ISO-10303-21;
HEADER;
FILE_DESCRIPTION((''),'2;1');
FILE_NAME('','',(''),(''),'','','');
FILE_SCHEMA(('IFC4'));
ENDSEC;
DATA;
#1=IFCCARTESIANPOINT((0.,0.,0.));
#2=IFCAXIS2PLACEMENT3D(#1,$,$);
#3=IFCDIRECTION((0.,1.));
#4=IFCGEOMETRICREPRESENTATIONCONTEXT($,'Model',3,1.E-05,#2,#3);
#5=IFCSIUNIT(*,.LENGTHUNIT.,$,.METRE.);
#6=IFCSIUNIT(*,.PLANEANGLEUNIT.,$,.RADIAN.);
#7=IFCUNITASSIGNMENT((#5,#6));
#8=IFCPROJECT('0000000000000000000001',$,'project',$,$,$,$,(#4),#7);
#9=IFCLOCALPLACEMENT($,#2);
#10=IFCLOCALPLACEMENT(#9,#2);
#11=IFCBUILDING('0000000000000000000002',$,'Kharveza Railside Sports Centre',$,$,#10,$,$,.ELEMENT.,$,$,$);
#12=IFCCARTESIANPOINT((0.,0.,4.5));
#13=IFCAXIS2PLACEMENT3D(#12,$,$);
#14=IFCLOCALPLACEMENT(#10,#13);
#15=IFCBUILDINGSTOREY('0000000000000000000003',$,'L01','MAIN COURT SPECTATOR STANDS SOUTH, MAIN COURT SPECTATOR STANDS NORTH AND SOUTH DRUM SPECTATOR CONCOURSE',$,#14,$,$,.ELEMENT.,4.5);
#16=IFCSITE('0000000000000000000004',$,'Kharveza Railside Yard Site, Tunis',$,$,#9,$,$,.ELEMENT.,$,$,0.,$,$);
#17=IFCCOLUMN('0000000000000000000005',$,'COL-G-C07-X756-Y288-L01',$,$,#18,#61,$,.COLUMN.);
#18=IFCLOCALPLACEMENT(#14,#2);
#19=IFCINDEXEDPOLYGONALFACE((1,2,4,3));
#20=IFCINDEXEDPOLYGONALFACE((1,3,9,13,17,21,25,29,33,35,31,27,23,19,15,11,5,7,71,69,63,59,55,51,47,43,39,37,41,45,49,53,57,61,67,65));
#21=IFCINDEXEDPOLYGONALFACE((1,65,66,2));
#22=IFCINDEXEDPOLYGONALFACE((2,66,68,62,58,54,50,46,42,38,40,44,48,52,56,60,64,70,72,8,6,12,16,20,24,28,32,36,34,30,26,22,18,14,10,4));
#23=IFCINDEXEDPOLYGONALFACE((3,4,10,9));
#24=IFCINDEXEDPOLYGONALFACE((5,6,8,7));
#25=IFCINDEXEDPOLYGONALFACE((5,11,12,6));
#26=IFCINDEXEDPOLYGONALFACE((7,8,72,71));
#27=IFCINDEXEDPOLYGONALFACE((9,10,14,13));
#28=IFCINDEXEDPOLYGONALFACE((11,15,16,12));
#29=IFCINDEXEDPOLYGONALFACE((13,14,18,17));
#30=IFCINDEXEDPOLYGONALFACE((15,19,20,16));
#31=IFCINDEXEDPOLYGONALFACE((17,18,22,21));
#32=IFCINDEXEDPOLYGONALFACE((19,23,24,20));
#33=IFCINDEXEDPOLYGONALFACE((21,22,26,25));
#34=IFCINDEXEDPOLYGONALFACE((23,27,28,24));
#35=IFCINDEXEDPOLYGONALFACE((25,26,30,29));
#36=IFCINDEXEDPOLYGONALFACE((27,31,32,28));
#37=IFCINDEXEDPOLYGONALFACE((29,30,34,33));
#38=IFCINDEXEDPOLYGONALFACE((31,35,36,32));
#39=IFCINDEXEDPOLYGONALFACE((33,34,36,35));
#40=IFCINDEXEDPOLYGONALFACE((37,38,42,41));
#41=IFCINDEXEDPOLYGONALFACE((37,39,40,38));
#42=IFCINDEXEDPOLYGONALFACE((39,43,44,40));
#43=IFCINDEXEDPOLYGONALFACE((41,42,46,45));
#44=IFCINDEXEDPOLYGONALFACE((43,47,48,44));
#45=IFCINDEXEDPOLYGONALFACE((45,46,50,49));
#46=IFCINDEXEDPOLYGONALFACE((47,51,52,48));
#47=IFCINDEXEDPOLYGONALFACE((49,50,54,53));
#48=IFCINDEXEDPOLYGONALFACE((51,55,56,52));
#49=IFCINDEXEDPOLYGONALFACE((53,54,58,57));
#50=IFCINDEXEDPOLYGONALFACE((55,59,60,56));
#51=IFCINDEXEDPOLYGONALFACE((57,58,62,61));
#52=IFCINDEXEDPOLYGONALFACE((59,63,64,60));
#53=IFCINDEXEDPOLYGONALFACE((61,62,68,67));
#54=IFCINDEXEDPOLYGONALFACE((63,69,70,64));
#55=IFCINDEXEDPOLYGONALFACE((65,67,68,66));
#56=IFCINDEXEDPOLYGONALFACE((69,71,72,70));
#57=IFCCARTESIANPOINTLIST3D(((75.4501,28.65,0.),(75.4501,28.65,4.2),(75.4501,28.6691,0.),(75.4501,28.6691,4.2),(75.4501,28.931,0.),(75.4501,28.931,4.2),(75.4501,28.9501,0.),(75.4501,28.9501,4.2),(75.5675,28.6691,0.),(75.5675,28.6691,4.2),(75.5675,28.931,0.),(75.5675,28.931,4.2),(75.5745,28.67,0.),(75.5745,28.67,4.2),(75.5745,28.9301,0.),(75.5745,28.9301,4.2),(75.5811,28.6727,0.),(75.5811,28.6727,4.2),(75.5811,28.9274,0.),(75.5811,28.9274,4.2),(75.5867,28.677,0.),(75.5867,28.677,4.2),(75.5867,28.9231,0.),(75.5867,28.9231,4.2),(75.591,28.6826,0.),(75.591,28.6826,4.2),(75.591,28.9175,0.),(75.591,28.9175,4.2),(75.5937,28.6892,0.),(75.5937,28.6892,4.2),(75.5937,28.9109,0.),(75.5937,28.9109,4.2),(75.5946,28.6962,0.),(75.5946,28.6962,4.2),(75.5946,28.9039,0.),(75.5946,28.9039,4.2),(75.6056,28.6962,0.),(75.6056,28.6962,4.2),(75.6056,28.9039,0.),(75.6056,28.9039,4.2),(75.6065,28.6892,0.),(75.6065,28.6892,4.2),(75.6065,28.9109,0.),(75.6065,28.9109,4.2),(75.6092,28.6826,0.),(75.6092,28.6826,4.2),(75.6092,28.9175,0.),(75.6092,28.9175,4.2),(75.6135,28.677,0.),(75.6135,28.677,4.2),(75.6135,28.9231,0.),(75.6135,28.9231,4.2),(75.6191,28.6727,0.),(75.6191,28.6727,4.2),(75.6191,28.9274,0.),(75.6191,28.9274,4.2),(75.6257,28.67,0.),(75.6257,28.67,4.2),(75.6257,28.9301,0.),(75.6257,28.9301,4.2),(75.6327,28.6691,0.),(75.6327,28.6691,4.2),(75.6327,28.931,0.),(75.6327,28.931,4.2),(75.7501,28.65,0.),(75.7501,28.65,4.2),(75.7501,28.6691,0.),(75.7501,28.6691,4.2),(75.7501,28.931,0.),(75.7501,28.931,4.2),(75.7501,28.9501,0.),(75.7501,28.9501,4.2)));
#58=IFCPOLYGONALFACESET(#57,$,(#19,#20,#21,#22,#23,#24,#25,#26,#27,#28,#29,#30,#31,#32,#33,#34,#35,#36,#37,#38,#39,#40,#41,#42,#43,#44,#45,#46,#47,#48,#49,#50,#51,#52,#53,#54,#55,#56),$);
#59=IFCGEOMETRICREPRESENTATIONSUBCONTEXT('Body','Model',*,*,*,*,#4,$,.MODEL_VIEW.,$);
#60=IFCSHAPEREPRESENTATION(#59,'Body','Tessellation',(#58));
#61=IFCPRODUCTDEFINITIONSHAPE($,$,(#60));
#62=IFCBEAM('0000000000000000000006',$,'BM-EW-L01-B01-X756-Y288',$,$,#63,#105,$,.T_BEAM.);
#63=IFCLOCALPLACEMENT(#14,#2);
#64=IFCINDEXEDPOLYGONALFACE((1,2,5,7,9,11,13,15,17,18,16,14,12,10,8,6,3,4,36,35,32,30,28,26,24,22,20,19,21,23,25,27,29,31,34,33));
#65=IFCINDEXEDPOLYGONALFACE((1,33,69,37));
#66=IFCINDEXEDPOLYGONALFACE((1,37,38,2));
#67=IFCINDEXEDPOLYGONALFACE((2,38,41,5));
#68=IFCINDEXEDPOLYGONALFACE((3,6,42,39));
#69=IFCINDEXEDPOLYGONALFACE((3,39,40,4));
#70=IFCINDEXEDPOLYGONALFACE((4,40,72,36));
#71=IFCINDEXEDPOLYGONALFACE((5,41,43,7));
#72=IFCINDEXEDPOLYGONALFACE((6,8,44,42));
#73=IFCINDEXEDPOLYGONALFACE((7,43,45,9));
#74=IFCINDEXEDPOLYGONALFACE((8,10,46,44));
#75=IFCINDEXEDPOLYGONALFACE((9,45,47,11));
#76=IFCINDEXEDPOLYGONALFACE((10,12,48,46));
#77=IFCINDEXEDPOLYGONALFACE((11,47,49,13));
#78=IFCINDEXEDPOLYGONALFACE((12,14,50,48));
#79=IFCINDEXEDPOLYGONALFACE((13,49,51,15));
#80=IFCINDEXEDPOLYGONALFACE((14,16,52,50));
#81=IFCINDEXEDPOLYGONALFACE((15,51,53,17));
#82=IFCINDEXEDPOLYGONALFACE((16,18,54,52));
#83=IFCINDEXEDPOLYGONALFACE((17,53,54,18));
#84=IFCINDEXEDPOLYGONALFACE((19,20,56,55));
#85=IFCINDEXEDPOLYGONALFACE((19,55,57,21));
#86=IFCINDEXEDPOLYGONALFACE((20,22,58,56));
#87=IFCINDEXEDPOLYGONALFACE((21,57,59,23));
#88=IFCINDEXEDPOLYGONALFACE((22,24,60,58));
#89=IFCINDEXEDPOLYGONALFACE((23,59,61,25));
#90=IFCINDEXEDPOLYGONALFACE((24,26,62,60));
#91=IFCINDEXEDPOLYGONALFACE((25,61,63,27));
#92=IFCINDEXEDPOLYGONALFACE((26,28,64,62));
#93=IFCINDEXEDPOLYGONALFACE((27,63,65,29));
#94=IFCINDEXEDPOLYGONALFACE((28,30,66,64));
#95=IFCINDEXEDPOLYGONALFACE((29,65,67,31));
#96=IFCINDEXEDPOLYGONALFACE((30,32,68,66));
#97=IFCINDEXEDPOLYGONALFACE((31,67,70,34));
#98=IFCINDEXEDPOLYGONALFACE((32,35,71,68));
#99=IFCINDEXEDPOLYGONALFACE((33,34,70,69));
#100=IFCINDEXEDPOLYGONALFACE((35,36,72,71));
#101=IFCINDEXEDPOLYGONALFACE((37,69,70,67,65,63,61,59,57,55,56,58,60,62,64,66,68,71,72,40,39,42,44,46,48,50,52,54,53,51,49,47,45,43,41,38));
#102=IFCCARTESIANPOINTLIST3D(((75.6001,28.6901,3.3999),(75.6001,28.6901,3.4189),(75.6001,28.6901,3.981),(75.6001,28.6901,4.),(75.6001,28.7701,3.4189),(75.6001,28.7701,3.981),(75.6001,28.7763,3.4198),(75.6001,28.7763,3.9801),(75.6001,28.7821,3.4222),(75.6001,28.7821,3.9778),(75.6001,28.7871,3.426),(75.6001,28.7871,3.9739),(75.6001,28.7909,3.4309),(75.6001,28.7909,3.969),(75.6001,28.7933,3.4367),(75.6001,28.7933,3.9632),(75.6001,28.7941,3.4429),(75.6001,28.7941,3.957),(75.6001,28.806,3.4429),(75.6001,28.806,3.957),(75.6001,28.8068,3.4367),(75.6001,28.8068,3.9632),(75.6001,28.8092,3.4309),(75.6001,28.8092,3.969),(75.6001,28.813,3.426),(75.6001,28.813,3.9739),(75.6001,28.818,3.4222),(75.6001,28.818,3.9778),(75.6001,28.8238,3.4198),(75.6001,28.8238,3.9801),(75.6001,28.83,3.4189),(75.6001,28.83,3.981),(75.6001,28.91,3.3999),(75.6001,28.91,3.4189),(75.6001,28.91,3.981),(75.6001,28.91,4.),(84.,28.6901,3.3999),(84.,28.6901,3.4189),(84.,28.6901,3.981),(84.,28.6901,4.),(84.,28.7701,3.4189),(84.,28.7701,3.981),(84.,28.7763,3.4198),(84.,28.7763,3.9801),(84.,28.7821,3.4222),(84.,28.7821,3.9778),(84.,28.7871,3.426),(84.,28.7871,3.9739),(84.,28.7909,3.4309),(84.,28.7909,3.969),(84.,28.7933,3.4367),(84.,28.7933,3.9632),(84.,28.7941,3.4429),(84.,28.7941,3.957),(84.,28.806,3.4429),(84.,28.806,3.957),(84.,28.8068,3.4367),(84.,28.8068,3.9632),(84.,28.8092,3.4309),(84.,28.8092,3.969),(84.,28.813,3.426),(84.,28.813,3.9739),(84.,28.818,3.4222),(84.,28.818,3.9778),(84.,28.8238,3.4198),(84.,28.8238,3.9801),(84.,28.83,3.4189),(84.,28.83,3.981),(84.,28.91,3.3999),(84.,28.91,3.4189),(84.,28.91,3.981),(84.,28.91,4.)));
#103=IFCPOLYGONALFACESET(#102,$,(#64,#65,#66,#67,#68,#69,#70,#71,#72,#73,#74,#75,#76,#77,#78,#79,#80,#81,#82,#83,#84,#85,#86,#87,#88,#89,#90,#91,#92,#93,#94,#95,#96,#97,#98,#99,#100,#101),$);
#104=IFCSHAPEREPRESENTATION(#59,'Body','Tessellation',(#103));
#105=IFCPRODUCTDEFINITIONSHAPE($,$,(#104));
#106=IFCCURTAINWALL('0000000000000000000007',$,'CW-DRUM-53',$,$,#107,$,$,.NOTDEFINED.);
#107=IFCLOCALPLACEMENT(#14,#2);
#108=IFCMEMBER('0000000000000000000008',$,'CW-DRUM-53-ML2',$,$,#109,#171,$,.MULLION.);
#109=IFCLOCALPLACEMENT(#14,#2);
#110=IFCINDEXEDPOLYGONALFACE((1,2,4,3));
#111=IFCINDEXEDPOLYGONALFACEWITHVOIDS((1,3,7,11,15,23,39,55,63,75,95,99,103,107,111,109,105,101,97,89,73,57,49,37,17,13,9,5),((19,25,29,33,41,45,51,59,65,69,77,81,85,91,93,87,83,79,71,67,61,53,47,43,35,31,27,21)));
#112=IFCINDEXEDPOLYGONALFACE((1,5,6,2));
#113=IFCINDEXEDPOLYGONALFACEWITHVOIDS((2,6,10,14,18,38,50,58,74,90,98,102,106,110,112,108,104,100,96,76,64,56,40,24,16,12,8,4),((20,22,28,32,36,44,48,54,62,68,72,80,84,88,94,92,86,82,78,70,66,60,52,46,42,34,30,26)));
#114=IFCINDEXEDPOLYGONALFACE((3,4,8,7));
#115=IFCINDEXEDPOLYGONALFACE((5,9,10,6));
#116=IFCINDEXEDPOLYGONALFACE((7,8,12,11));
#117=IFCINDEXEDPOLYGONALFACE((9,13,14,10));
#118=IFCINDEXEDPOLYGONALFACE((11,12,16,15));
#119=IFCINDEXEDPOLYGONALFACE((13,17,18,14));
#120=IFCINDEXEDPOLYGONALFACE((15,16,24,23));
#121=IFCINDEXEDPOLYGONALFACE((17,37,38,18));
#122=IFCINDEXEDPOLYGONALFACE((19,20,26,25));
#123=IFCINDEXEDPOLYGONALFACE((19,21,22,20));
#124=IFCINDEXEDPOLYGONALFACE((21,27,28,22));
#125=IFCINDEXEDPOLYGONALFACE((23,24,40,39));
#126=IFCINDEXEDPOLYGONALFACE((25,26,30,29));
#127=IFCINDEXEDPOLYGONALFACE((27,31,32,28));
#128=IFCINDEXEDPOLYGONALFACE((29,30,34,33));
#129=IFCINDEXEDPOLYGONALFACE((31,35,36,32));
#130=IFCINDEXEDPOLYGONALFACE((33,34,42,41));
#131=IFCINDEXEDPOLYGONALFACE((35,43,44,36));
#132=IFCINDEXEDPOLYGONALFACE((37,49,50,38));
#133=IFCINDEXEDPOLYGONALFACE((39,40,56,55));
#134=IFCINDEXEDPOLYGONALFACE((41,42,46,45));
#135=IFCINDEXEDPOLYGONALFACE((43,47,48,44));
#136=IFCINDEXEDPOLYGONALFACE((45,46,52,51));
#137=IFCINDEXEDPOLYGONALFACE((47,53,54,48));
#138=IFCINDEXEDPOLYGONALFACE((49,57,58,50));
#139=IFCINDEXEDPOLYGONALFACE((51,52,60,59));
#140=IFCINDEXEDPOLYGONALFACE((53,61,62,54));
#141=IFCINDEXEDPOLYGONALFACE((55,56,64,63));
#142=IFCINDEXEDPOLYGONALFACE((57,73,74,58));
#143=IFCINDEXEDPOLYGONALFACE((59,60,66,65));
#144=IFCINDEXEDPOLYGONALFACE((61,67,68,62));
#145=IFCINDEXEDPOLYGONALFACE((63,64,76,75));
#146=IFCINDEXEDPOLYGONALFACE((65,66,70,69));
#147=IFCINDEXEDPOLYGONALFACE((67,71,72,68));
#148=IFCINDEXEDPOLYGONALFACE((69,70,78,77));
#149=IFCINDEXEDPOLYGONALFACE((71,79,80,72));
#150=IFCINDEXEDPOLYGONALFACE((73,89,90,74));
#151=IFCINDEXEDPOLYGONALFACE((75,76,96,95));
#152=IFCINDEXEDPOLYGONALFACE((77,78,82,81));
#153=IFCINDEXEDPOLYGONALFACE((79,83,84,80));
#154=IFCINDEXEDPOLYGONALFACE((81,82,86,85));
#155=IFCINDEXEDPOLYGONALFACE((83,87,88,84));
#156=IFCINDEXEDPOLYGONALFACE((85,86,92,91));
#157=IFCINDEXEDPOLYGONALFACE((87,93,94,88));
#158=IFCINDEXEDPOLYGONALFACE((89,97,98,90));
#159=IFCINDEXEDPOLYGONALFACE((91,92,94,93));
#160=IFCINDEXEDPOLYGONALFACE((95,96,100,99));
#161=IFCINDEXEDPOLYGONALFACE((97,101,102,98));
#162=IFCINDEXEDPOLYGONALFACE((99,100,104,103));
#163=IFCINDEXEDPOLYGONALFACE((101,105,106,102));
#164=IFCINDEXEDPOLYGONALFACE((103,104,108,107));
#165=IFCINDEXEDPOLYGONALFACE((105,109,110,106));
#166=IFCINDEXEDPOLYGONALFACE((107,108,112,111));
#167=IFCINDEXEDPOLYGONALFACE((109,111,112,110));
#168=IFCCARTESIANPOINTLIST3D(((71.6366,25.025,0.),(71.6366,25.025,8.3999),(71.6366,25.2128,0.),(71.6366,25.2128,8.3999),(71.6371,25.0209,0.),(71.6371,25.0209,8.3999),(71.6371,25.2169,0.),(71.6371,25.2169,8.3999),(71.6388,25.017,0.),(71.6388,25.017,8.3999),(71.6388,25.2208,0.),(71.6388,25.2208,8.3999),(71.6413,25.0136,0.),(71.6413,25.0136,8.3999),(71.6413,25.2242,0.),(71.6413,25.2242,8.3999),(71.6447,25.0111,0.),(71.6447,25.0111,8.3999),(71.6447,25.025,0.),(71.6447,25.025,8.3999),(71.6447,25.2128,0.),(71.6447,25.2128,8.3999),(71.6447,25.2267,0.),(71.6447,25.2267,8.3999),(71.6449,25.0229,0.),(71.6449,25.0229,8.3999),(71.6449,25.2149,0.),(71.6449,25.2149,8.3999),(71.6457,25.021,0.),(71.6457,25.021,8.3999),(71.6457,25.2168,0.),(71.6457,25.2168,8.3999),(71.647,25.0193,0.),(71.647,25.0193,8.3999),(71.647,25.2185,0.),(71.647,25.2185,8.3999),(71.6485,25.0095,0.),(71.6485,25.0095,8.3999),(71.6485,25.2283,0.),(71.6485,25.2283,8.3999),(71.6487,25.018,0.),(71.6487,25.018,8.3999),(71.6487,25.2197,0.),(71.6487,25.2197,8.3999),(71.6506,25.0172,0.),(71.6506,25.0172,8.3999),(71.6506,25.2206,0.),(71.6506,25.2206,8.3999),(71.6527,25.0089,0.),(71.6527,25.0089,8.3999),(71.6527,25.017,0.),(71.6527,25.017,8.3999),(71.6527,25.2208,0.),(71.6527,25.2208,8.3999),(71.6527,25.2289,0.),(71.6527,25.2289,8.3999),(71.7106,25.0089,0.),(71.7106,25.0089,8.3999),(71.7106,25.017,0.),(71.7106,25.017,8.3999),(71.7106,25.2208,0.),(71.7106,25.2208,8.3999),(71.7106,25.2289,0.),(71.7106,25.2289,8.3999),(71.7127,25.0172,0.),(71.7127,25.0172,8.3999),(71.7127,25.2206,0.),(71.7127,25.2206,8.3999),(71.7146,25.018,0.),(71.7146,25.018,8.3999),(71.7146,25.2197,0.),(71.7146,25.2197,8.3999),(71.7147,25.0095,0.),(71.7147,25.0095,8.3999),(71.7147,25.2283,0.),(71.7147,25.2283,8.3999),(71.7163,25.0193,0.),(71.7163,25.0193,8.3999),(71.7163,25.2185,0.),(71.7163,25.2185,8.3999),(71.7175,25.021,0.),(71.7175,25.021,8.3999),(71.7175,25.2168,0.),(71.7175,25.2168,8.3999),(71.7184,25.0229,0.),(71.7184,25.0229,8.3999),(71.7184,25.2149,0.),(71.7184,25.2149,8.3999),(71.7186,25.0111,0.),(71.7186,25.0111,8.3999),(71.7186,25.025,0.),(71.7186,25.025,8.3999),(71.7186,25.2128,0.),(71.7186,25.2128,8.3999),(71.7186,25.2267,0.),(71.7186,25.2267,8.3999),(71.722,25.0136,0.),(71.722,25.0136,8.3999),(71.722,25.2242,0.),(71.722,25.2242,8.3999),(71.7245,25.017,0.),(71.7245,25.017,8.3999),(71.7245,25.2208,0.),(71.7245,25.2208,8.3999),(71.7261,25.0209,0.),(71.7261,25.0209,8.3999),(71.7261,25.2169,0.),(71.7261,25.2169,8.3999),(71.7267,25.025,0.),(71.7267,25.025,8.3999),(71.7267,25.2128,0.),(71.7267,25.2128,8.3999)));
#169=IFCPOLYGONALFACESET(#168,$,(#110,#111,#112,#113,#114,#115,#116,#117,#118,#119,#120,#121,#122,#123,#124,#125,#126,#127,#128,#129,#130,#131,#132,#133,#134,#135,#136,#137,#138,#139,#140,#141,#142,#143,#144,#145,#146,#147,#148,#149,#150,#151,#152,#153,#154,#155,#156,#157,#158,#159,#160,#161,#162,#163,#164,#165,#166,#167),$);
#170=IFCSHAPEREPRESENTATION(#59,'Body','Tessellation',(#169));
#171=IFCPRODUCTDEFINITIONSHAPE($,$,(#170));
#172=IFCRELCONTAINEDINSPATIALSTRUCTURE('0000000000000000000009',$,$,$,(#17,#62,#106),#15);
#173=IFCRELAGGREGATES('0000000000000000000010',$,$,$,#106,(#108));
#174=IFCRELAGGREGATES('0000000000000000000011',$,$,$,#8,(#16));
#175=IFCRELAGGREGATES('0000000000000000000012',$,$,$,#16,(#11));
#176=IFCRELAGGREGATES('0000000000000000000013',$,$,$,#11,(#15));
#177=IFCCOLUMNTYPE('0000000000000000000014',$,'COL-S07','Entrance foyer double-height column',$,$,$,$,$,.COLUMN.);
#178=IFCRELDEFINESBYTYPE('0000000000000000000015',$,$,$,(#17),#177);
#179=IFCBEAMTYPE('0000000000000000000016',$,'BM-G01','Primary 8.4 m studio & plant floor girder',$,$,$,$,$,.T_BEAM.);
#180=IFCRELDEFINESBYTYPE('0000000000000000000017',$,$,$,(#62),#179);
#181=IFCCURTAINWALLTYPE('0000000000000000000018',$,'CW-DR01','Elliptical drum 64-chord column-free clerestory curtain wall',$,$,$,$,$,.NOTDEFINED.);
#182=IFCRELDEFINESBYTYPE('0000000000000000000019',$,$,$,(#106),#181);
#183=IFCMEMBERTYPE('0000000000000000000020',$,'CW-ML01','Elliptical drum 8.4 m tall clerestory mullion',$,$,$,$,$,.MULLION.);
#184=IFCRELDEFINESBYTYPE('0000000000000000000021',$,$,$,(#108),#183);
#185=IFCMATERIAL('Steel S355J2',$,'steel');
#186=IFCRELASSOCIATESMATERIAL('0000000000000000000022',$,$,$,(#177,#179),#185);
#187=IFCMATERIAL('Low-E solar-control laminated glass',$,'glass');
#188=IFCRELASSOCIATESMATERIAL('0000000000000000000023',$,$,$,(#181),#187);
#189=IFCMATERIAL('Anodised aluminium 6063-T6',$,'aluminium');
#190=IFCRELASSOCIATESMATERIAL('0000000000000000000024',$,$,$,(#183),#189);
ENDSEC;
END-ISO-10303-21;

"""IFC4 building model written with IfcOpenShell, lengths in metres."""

from ifc_helpers import new_model, si_unit, direction, frame, origin, origin_2d, place, context, subcontext, project, spatial, hollow_rectangle, i_section, extrude, material, material_profile, profile_set, type_object, element, aggregate, save


model = new_model("IFC4")

# Units and contexts
model_context = context("Model", 3, precision=1e-05, world=origin(), true_north=direction((0.0, 1.0)))
body_context = subcontext(model_context, "Body", "Model", "MODEL_VIEW")
ifc_project = project(units=[si_unit("LENGTHUNIT", "METRE"), si_unit("PLANEANGLEUNIT", "RADIAN")], contexts=[model_context])

# Site, building, storey
site_placement = place(None, origin())
site = spatial("IfcSite", under=ifc_project, at=site_placement, Name="Kharveza Railside Yard Site, Tunis", CompositionType="ELEMENT", RefElevation=0.0)
building_placement = place(site_placement, origin())
building = spatial("IfcBuilding", under=site, at=building_placement, Name="Kharveza Railside Sports Centre", CompositionType="ELEMENT")
storey_placement = place(building_placement, frame((0.0, 0.0, 4.5)))
storey = spatial("IfcBuildingStorey", under=building, at=storey_placement, Name="L01", Description="MAIN COURT SPECTATOR STANDS SOUTH, MAIN COURT SPECTATOR STANDS NORTH AND SOUTH DRUM SPECTATOR CONCOURSE", CompositionType="ELEMENT", Elevation=4.5)

# Column
ifc_material_1 = material(Name="Steel S355J2", Category="steel")
ifc_material_profile_1 = material_profile(ifc_material_1, i_section(OverallWidth=0.3, OverallDepth=0.3, WebThickness=0.011, FlangeThickness=0.019, FilletRadius=0.0271, at=origin_2d()), Name="HEB 300")
ifc_profile_set_1 = profile_set([ifc_material_profile_1], Name="Steel S355J2")
column_type = type_object("IfcColumnType", Name="COL-S07", Description="Entrance foyer double-height column", PredefinedType="COLUMN", material=ifc_profile_set_1)
column_placement = place(storey_placement, frame((75.6001, 28.8, 0.0), z_axis=(0.0, 0.0, 1.0), x_axis=(1.0, 0.0, 0.0)))
element("IfcColumn", 1, at=column_placement, inside=storey, type_object=column_type, Name="COL-G-C07-X756-Y288-L01", PredefinedType="COLUMN", context=body_context, shape_type="SweptSolid", body=[
    extrude(i_section(OverallWidth=0.3, OverallDepth=0.3, WebThickness=0.011, FlangeThickness=0.019, FilletRadius=0.0271, at=origin_2d()), origin(), (0.0, 0.0, 1.0), 4.2),
])

# Beam
ifc_material_profile_2 = material_profile(ifc_material_1, i_section(OverallWidth=0.22, OverallDepth=0.6001, WebThickness=0.012, FlangeThickness=0.019, FilletRadius=0.0239, at=origin_2d()), Name="IPE 600")
ifc_profile_set_2 = profile_set([ifc_material_profile_2], Name="Steel S355J2")
beam_type = type_object("IfcBeamType", Name="BM-G01", Description="Primary 8.4 m studio & plant floor girder", PredefinedType="T_BEAM", material=ifc_profile_set_2)
beam_placement = place(storey_placement, frame((75.6001, 28.8, 3.7), z_axis=(1.0, 0.0, 0.0), x_axis=(0.0, 1.0, 0.0)))
element("IfcBeam", 2, at=beam_placement, inside=storey, type_object=beam_type, Name="BM-EW-L01-B01-X756-Y288", PredefinedType="T_BEAM", context=body_context, shape_type="SweptSolid", body=[
    extrude(i_section(OverallWidth=0.22, OverallDepth=0.6001, WebThickness=0.012, FlangeThickness=0.019, FilletRadius=0.0239, at=origin_2d()), origin(), (0.0, 0.0, 1.0), 8.3999),
])

# Curtain wall, member
ifc_material_2 = material(Name="Low-E solar-control laminated glass", Category="glass")
curtain_wall_type = type_object("IfcCurtainWallType", Name="CW-DR01", Description="Elliptical drum 64-chord column-free clerestory curtain wall", PredefinedType="NOTDEFINED", material=ifc_material_2)
curtain_wall_1_placement = place(storey_placement, origin())
curtain_wall_1 = element("IfcCurtainWall", 3, at=curtain_wall_1_placement, inside=storey, type_object=curtain_wall_type, Name="CW-DRUM-53", PredefinedType="NOTDEFINED")
ifc_material_3 = material(Name="Anodised aluminium 6063-T6", Category="aluminium")
ifc_material_profile_3 = material_profile(ifc_material_3, hollow_rectangle(XDim=0.0901, YDim=0.22, WallThickness=0.0081, InnerFilletRadius=0.0081, OuterFilletRadius=0.0161, at=origin_2d()), Name="RHS 90x220x8.0")
ifc_profile_set_3 = profile_set([ifc_material_profile_3], Name="Anodised aluminium 6063-T6")
member_type_1 = type_object("IfcMemberType", Name="CW-ML01", Description="Elliptical drum 8.4 m tall clerestory mullion", PredefinedType="MULLION", material=ifc_profile_set_3)
member_1_placement = place(storey_placement, frame((71.6816, 25.1189, 0.0), z_axis=(0.0, 0.0, 1.0), x_axis=(1.0, 0.0, 0.0)))
member_1 = element("IfcMember", 4, at=member_1_placement, type_object=member_type_1, Name="CW-DRUM-53-ML2", PredefinedType="MULLION", context=body_context, shape_type="SweptSolid", body=[
    extrude(hollow_rectangle(XDim=0.0901, YDim=0.22, WallThickness=0.0081, InnerFilletRadius=0.0081, OuterFilletRadius=0.0161, at=origin_2d()), origin(), (0.0, 0.0, 1.0), 8.3999),
])

aggregate(curtain_wall_1, [member_1])

save(model, "model.ifc")
